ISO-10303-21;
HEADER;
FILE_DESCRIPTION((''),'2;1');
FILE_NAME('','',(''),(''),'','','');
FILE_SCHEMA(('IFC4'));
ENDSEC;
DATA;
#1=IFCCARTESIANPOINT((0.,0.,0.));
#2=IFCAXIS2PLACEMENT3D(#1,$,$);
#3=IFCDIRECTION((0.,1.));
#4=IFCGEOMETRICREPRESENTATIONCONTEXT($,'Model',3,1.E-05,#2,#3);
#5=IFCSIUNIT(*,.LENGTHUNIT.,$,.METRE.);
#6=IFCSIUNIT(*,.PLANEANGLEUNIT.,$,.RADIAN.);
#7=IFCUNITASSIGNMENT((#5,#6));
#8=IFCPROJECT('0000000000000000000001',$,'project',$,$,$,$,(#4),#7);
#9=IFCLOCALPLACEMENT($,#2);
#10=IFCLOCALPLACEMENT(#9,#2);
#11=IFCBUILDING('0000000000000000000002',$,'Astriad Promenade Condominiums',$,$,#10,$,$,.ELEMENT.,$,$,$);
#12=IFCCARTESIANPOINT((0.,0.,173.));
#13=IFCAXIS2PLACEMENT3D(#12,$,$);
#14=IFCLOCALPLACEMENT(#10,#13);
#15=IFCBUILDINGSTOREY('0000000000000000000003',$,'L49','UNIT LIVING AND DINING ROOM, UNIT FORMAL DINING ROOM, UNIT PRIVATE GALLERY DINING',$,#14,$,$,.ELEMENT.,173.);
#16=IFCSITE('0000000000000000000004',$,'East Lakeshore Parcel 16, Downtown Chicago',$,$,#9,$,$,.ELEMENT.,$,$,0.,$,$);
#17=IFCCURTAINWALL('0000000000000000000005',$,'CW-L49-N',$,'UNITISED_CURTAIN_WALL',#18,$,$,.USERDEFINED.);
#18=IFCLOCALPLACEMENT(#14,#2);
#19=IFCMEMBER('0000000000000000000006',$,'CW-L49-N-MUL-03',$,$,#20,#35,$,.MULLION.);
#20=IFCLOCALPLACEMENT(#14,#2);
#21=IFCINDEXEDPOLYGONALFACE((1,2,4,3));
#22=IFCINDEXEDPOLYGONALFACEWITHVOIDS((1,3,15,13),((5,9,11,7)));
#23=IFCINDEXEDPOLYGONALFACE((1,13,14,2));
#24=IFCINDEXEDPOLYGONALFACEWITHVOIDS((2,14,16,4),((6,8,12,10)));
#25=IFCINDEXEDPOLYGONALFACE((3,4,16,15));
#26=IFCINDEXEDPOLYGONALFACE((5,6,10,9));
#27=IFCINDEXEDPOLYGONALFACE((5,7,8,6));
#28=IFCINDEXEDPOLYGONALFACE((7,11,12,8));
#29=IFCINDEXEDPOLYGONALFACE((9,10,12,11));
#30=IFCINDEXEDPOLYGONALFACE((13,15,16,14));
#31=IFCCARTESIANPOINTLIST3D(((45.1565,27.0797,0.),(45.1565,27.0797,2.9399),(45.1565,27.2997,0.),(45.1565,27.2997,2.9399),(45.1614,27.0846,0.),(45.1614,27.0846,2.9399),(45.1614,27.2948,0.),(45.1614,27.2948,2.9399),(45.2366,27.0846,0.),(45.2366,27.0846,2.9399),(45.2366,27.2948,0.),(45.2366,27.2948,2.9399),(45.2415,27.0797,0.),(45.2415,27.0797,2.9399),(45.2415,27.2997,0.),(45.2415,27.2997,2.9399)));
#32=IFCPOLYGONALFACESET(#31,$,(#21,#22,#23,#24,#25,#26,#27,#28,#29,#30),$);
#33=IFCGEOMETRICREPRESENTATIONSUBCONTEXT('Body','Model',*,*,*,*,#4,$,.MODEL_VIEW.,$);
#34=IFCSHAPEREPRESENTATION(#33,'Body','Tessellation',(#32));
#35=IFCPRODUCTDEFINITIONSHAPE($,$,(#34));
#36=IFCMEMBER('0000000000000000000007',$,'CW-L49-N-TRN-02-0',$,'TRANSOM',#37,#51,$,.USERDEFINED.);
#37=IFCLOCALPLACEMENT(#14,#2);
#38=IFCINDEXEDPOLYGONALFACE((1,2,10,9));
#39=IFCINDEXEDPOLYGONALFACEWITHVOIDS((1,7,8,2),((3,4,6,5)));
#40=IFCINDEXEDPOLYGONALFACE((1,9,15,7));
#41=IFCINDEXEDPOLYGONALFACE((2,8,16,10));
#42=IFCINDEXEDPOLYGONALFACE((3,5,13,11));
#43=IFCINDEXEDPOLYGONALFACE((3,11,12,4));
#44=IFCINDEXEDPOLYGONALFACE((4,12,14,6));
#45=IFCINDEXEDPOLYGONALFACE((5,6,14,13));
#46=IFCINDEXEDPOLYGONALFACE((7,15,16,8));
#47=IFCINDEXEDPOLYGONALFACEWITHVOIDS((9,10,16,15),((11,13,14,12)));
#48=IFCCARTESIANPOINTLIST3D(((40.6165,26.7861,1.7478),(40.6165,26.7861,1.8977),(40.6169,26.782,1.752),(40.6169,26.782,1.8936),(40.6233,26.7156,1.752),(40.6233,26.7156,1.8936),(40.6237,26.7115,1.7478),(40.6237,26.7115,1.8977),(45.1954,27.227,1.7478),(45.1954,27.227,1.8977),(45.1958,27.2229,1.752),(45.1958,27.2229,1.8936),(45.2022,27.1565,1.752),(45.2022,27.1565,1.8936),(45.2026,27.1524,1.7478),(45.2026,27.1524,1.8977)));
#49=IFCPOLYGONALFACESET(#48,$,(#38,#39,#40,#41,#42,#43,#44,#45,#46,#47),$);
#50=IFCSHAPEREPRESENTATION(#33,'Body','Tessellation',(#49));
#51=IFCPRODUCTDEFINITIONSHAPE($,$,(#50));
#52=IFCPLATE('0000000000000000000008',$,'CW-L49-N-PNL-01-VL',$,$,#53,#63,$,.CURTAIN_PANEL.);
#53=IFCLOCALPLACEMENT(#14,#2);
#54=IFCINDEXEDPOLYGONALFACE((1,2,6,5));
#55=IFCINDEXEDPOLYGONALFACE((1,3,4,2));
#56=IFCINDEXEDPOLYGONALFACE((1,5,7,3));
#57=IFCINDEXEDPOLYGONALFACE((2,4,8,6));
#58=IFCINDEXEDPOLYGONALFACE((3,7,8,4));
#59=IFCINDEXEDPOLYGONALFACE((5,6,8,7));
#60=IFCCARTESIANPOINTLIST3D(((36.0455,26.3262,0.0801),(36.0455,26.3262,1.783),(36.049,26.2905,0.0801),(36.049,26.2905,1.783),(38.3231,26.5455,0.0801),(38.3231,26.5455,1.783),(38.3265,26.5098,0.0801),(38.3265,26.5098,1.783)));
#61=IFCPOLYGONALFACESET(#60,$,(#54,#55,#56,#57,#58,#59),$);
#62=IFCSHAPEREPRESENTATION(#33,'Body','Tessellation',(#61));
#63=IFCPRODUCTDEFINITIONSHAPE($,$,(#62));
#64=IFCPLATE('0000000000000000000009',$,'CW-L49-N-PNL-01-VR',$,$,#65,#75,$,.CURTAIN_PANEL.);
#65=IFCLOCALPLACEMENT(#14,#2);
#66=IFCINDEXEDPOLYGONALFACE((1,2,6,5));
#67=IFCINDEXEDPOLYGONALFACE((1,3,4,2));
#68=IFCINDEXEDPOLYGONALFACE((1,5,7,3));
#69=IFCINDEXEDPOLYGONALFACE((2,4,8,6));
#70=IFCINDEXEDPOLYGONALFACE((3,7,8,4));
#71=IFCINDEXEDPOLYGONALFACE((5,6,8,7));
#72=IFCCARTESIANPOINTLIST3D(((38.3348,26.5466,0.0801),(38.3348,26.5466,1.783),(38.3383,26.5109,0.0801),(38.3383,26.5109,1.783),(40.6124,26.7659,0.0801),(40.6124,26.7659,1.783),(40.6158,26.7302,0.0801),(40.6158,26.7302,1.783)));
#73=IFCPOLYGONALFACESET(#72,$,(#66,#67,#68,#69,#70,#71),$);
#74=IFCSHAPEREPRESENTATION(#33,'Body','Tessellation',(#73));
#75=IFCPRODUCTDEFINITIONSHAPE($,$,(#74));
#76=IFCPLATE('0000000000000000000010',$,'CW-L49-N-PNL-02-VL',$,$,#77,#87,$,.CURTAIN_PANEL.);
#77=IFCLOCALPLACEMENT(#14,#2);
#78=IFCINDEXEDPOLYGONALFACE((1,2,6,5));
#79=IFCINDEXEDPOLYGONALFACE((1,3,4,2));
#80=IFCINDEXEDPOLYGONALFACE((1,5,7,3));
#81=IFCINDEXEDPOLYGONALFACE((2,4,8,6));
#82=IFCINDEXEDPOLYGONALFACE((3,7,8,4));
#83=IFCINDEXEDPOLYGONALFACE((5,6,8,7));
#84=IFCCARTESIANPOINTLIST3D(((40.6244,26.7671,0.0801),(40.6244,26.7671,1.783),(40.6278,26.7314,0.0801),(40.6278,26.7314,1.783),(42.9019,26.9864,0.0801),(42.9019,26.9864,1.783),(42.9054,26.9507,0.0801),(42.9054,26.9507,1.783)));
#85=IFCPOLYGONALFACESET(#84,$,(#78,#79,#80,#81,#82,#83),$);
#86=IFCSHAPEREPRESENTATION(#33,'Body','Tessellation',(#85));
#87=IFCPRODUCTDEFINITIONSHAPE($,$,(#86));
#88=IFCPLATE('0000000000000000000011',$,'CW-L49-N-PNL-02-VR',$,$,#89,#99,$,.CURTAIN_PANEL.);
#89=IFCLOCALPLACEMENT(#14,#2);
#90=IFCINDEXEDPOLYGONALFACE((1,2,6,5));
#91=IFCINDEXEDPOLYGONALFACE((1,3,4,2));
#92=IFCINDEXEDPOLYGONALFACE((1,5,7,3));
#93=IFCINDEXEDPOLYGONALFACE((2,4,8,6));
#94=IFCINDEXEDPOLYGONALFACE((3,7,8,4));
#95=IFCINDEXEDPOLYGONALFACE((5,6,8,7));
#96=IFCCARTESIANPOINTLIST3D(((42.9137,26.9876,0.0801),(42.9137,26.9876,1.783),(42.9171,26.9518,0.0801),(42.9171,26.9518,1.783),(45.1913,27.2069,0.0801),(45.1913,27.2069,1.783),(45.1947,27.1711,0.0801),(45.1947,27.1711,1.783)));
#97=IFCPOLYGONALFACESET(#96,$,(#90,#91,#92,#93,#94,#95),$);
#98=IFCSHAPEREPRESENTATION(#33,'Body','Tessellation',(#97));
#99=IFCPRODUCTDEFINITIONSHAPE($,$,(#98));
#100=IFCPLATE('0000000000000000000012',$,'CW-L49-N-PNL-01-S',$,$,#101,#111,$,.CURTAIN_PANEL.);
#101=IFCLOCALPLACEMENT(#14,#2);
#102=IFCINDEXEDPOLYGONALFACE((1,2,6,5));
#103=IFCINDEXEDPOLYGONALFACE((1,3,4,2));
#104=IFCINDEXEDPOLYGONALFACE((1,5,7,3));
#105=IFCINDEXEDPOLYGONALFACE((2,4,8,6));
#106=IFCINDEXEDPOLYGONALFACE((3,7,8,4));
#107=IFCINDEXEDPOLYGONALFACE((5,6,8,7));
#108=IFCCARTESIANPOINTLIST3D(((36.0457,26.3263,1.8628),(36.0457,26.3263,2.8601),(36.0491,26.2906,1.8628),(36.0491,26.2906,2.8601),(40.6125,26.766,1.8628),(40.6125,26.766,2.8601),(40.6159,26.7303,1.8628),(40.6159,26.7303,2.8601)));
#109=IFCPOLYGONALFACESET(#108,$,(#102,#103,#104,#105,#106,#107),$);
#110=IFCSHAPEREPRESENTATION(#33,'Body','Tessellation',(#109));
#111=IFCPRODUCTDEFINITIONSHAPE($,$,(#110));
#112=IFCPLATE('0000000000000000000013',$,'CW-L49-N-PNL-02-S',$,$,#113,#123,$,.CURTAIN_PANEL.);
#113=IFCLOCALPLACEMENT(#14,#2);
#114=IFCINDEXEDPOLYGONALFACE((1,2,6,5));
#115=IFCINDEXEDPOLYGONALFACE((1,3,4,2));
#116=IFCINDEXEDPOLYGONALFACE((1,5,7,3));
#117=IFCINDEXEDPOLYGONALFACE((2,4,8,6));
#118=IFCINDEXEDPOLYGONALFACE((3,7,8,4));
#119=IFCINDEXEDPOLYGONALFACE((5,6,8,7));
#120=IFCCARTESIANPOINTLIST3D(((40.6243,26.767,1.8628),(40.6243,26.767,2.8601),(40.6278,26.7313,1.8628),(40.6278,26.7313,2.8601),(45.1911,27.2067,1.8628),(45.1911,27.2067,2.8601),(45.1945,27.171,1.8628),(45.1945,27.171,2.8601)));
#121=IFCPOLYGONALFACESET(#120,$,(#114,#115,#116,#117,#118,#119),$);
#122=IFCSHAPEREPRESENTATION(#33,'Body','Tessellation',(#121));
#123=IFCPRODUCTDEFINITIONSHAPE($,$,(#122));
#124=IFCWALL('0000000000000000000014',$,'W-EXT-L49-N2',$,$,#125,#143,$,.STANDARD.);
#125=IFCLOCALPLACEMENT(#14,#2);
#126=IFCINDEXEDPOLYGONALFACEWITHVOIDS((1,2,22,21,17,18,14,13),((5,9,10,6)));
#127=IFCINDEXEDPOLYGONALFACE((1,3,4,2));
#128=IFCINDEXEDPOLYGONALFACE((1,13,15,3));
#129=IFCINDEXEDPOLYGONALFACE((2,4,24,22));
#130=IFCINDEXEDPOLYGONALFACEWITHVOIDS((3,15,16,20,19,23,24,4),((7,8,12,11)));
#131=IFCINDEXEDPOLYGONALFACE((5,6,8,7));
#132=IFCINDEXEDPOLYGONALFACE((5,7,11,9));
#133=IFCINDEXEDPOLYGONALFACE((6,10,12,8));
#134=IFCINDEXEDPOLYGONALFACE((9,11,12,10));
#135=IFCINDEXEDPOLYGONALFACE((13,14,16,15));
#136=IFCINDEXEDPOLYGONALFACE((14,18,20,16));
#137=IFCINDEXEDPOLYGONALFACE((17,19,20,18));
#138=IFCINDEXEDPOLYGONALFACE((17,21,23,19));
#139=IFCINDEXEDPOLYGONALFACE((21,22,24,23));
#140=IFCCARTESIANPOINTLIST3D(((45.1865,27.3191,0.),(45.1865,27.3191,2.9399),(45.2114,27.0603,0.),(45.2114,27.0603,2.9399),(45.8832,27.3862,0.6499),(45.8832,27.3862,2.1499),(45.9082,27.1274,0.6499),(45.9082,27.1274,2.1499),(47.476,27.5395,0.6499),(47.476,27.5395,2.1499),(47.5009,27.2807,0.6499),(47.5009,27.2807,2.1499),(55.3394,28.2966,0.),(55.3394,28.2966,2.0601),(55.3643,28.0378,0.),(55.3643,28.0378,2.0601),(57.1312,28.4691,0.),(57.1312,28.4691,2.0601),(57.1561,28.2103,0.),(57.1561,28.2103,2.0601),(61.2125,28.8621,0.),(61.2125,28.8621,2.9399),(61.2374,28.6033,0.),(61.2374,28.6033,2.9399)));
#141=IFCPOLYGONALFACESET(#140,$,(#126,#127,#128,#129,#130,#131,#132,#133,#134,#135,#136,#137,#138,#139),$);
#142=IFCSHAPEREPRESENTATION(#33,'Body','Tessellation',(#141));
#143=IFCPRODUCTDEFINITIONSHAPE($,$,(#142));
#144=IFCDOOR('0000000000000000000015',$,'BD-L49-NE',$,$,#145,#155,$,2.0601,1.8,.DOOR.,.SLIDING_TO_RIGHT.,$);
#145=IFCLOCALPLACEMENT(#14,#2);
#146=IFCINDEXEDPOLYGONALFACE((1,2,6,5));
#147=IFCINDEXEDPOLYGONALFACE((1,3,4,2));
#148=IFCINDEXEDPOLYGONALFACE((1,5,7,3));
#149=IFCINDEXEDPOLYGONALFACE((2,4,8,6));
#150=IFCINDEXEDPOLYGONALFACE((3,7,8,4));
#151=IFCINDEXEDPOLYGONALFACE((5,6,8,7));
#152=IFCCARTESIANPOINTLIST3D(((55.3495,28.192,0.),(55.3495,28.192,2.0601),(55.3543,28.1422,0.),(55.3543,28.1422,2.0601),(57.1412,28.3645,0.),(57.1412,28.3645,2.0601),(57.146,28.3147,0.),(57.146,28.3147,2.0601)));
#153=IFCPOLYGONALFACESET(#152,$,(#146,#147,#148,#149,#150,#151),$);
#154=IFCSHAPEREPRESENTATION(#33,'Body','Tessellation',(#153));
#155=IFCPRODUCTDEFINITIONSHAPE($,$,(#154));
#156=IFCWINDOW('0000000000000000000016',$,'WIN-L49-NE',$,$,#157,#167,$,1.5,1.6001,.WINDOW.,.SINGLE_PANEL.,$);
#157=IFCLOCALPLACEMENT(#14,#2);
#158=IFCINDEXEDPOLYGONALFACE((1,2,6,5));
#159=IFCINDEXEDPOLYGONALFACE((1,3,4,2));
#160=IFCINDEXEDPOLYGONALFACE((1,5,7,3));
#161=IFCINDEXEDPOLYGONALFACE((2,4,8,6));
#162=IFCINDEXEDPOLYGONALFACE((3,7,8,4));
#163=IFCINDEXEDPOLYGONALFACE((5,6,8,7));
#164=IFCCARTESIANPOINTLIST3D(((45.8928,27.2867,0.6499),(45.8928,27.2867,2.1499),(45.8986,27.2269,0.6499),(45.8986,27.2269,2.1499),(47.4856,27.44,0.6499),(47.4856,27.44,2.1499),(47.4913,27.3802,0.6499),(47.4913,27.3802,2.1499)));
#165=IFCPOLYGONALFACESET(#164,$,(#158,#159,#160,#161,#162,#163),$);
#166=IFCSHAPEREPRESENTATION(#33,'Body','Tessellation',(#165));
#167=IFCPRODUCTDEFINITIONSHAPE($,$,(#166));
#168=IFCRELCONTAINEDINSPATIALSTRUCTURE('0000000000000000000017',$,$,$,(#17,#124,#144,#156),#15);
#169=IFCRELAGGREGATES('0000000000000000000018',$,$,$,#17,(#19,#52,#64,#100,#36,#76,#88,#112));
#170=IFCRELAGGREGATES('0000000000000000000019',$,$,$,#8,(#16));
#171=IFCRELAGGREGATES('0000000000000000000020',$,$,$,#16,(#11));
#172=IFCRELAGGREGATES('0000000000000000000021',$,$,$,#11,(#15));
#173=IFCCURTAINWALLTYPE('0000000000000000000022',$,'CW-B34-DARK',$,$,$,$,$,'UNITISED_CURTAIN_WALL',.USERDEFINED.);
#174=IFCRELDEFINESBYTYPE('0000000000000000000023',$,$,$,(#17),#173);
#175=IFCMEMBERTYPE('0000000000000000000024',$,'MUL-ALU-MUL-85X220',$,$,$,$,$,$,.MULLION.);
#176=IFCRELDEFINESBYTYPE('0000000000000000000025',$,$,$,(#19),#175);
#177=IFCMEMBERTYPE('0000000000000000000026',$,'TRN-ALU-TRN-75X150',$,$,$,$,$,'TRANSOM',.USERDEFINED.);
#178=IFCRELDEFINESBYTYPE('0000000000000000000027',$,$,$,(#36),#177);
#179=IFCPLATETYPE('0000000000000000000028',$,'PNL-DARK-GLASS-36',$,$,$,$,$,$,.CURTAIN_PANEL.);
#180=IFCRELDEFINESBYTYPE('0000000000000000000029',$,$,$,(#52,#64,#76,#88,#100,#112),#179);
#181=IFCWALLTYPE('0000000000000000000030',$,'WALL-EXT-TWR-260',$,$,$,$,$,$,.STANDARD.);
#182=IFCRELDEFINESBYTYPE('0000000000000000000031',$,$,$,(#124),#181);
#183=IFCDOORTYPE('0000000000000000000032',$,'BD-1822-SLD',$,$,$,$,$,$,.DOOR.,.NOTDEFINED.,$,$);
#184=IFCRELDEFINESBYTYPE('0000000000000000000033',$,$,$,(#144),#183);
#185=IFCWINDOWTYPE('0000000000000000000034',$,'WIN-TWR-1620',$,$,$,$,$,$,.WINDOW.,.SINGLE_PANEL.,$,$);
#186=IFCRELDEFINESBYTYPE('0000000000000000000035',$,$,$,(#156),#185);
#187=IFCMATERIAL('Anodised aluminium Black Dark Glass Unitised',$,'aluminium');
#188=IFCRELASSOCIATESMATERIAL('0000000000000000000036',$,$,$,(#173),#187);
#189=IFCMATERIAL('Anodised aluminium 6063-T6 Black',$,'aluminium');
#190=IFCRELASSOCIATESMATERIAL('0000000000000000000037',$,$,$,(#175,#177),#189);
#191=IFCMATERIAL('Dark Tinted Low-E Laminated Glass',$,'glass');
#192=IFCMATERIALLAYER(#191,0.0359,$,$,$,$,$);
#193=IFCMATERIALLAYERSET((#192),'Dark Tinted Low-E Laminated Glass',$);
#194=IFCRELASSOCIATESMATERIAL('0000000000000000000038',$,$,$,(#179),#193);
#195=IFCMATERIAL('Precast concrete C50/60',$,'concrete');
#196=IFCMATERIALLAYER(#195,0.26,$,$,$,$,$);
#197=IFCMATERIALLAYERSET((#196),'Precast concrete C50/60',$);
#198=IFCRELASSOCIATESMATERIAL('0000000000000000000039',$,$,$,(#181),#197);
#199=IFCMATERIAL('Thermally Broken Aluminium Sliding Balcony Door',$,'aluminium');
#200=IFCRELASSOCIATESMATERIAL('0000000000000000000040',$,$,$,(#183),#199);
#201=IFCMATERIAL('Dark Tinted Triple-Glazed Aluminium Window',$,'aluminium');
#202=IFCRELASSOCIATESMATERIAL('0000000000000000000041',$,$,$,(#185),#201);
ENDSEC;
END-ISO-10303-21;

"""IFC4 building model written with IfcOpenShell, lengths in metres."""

from ifc_helpers import new_model, si_unit, direction, frame, frame_2d, origin, origin_2d, place, context, subcontext, project, spatial, rectangle, hollow_rectangle, extrude, source, transform, mapped, material, layer, layer_set, material_profile, profile_set, type_object, type_shapes, element, fill, aggregate, save


model = new_model("IFC4")

# Units and contexts
model_context = context("Model", 3, precision=1e-05, world=origin(), true_north=direction((0.0, 1.0)))
body_context = subcontext(model_context, "Body", "Model", "MODEL_VIEW")
ifc_project = project(units=[si_unit("LENGTHUNIT", "METRE"), si_unit("PLANEANGLEUNIT", "RADIAN")], contexts=[model_context])

# Site, building, storey
site_placement = place(None, origin())
site = spatial("IfcSite", under=ifc_project, at=site_placement, Name="East Lakeshore Parcel 16, Downtown Chicago", CompositionType="ELEMENT", RefElevation=0.0)
building_placement = place(site_placement, origin())
building = spatial("IfcBuilding", under=site, at=building_placement, Name="Astriad Promenade Condominiums", CompositionType="ELEMENT")
storey_placement = place(building_placement, frame((0.0, 0.0, 173.0)))
storey = spatial("IfcBuildingStorey", under=building, at=storey_placement, Name="L49", Description="UNIT LIVING AND DINING ROOM, UNIT FORMAL DINING ROOM, UNIT PRIVATE GALLERY DINING", CompositionType="ELEMENT", Elevation=173.0)

# Curtain wall, members, plates
ifc_material_1 = material(Name="Anodised aluminium Black Dark Glass Unitised", Category="aluminium")
curtain_wall_type = type_object("IfcCurtainWallType", Name="CW-B34-DARK", ElementType="UNITISED_CURTAIN_WALL", PredefinedType="USERDEFINED", material=ifc_material_1)
curtain_wall_placement = place(storey_placement, origin())
curtain_wall = element("IfcCurtainWall", 1, at=curtain_wall_placement, inside=storey, type_object=curtain_wall_type, Name="CW-L49-N", ObjectType="UNITISED_CURTAIN_WALL", PredefinedType="USERDEFINED")
ifc_material_2 = material(Name="Anodised aluminium 6063-T6 Black", Category="aluminium")
ifc_material_profile_1 = material_profile(ifc_material_2, hollow_rectangle(XDim=0.085, YDim=0.22, WallThickness=0.0049, at=origin_2d()), Name="ALU-MUL-85X220")
ifc_profile_set_1 = profile_set([ifc_material_profile_1], Name="Anodised aluminium 6063-T6 Black")
member_type_1 = type_object("IfcMemberType", Name="MUL-ALU-MUL-85X220", PredefinedType="MULLION", material=ifc_profile_set_1)
shared_shape_1 = source(origin(), body_context, "Body", "SweptSolid", [
    extrude(hollow_rectangle(XDim=0.085, YDim=0.22, WallThickness=0.0049, at=origin_2d()), origin(), (0.0, 0.0, 1.0), 2.9399),
])
type_shapes(member_type_1, [shared_shape_1])
member_1_placement = place(storey_placement, frame((45.199, 27.1897, 0.0), z_axis=(0.0, 0.0, 1.0), x_axis=(1.0, 0.0, 0.0)))
member_1 = element("IfcMember", 2, at=member_1_placement, type_object=member_type_1, Name="CW-L49-N-MUL-03", PredefinedType="MULLION", context=body_context, shape_type="MappedRepresentation", body=[
    mapped(shared_shape_1, transform((0.0, 0.0, 0.0), scale=1.0)),
])
ifc_material_profile_2 = material_profile(ifc_material_2, hollow_rectangle(XDim=0.075, YDim=0.1499, WallThickness=0.0042, at=origin_2d()), Name="ALU-TRN-75X150")
ifc_profile_set_2 = profile_set([ifc_material_profile_2], Name="Anodised aluminium 6063-T6 Black")
member_type_2 = type_object("IfcMemberType", Name="TRN-ALU-TRN-75X150", ElementType="TRANSOM", PredefinedType="USERDEFINED", material=ifc_profile_set_2)
shared_shape_2 = source(origin(), body_context, "Body", "SweptSolid", [
    extrude(hollow_rectangle(XDim=0.075, YDim=0.1499, WallThickness=0.0042, at=origin_2d()), origin(), (0.0, 0.0, 1.0), 4.6001),
])
type_shapes(member_type_2, [shared_shape_2])
member_2_placement = place(storey_placement, frame((40.6201, 26.7488, 1.8228), z_axis=(0.995396, 0.095851, 0.0), x_axis=(-0.095851, 0.995396, 0.0)))
member_2 = element("IfcMember", 3, at=member_2_placement, type_object=member_type_2, Name="CW-L49-N-TRN-02-0", ObjectType="TRANSOM", PredefinedType="USERDEFINED", context=body_context, shape_type="MappedRepresentation", body=[
    mapped(shared_shape_2, transform((0.0, 0.0, 0.0), scale=1.0)),
])
ifc_material_3 = material(Name="Dark Tinted Low-E Laminated Glass", Category="glass")
ifc_layer_1 = layer(ifc_material_3, 0.0359)
ifc_layer_set_1 = layer_set([ifc_layer_1], Name="Dark Tinted Low-E Laminated Glass")
plate_type = type_object("IfcPlateType", Name="PNL-DARK-GLASS-36", PredefinedType="CURTAIN_PANEL", material=ifc_layer_set_1)
shared_shape_3 = source(origin(), body_context, "Body", "SweptSolid", [
    extrude(rectangle(XDim=2.2881, YDim=0.0359, at=origin_2d()), origin(), (0.0, 0.0, 1.0), 1.7029),
])
plate_1_placement = place(storey_placement, frame((37.186, 26.418, 0.0801), z_axis=(0.0, 0.0, 1.0), x_axis=(0.995396, 0.095846, 0.0)))
plate_1 = element("IfcPlate", 4, at=plate_1_placement, type_object=plate_type, Name="CW-L49-N-PNL-01-VL", PredefinedType="CURTAIN_PANEL", context=body_context, shape_type="MappedRepresentation", body=[
    mapped(shared_shape_3, transform((0.0, 0.0, 0.0), scale=1.0)),
])
plate_2_placement = place(storey_placement, frame((39.4753, 26.6384, 0.0801), z_axis=(0.0, 0.0, 1.0), x_axis=(0.995396, 0.095846, 0.0)))
plate_2 = element("IfcPlate", 5, at=plate_2_placement, type_object=plate_type, Name="CW-L49-N-PNL-01-VR", PredefinedType="CURTAIN_PANEL", context=body_context, shape_type="MappedRepresentation", body=[
    mapped(shared_shape_3, transform((0.0, 0.0, 0.0), scale=1.0)),
])
plate_3_placement = place(storey_placement, frame((41.7649, 26.8589, 0.0801), z_axis=(0.0, 0.0, 1.0), x_axis=(0.995396, 0.095846, 0.0)))
plate_3 = element("IfcPlate", 6, at=plate_3_placement, type_object=plate_type, Name="CW-L49-N-PNL-02-VL", PredefinedType="CURTAIN_PANEL", context=body_context, shape_type="MappedRepresentation", body=[
    mapped(shared_shape_3, transform((0.0, 0.0, 0.0), scale=1.0)),
])
plate_4_placement = place(storey_placement, frame((44.0542, 27.0793, 0.0801), z_axis=(0.0, 0.0, 1.0), x_axis=(0.995396, 0.095846, 0.0)))
plate_4 = element("IfcPlate", 7, at=plate_4_placement, type_object=plate_type, Name="CW-L49-N-PNL-02-VR", PredefinedType="CURTAIN_PANEL", context=body_context, shape_type="MappedRepresentation", body=[
    mapped(shared_shape_3, transform((0.0, 0.0, 0.0), scale=1.0)),
])
shared_shape_4 = source(origin(), body_context, "Body", "SweptSolid", [
    extrude(rectangle(XDim=4.5879, YDim=0.0359, at=origin_2d()), origin(), (0.0, 0.0, 1.0), 0.9973),
])
type_shapes(plate_type, [shared_shape_3, shared_shape_4])
plate_5_placement = place(storey_placement, frame((38.3308, 26.5283, 1.8628), z_axis=(0.0, 0.0, 1.0), x_axis=(0.995396, 0.095846, 0.0)))
plate_5 = element("IfcPlate", 8, at=plate_5_placement, type_object=plate_type, Name="CW-L49-N-PNL-01-S", PredefinedType="CURTAIN_PANEL", context=body_context, shape_type="MappedRepresentation", body=[
    mapped(shared_shape_4, transform((0.0, 0.0, 0.0), scale=1.0)),
])
plate_6_placement = place(storey_placement, frame((42.9094, 26.969, 1.8628), z_axis=(0.0, 0.0, 1.0), x_axis=(0.995396, 0.095846, 0.0)))
plate_6 = element("IfcPlate", 9, at=plate_6_placement, type_object=plate_type, Name="CW-L49-N-PNL-02-S", PredefinedType="CURTAIN_PANEL", context=body_context, shape_type="MappedRepresentation", body=[
    mapped(shared_shape_4, transform((0.0, 0.0, 0.0), scale=1.0)),
])
aggregate(curtain_wall, [member_1, plate_1, plate_2, plate_5, member_2, plate_3, plate_4, plate_6])

# Wall, openings, door, window
ifc_material_4 = material(Name="Precast concrete C50/60", Category="concrete")
ifc_layer_2 = layer(ifc_material_4, 0.26)
ifc_layer_set_2 = layer_set([ifc_layer_2], Name="Precast concrete C50/60")
wall_type_1 = type_object("IfcWallType", Name="WALL-EXT-TWR-260", PredefinedType="STANDARD", material=ifc_layer_set_2)
wall_1_placement = place(storey_placement, frame((45.199, 27.1897, 0.0), z_axis=(0.0, 0.0, 1.0), x_axis=(0.995397, 0.095837, 0.0)))
wall_1 = element("IfcWall", 10, at=wall_1_placement, inside=storey, type_object=wall_type_1, Name="W-EXT-L49-N2", PredefinedType="STANDARD", context=body_context, shape_type="SweptSolid", body=[
    extrude(rectangle(XDim=16.1001, YDim=0.26, at=frame_2d((8.05, 0.0))), origin(), (0.0, 0.0, 1.0), 2.9399),
])
opening_1_placement = place(wall_1_placement, frame((10.2, 0.0, 0.0)))
opening_1 = element("IfcOpeningElement", 11, at=opening_1_placement, cuts=wall_1, PredefinedType="OPENING", context=body_context, shape_type="SweptSolid", body=[
    extrude(rectangle(XDim=1.8, YDim=2.0601, at=frame_2d((0.8999, 1.03))), frame((0.0, 0.1399, 0.0), z_axis=(0.0, -1.0, 0.0), x_axis=(1.0, 0.0, 0.0)), (0.0, 0.0, 1.0), 0.28),
])
opening_2_placement = place(wall_1_placement, frame((0.7, 0.0, 0.6499)))
opening_2 = element("IfcOpeningElement", 12, at=opening_2_placement, cuts=wall_1, PredefinedType="OPENING", context=body_context, shape_type="SweptSolid", body=[
    extrude(rectangle(XDim=1.6001, YDim=1.5, at=frame_2d((0.8, 0.75))), frame((0.0, 0.1399, 0.0), z_axis=(0.0, -1.0, 0.0), x_axis=(1.0, 0.0, 0.0)), (0.0, 0.0, 1.0), 0.28),
])
ifc_material_5 = material(Name="Thermally Broken Aluminium Sliding Balcony Door", Category="aluminium")
door_type_1 = type_object("IfcDoorType", Name="BD-1822-SLD", OperationType="NOTDEFINED", PredefinedType="DOOR", material=ifc_material_5)
shared_shape_5 = source(origin(), body_context, "Body", "SweptSolid", [
    extrude(rectangle(XDim=1.8, YDim=2.0601, at=frame_2d((0.8999, 1.03))), frame((0.0, 0.0249, 0.0), z_axis=(0.0, -1.0, 0.0), x_axis=(1.0, 0.0, 0.0)), (0.0, 0.0, 1.0), 0.05),
])
type_shapes(door_type_1, [shared_shape_5])
door_1_placement = place(opening_1_placement, origin())
door_1 = element("IfcDoor", 13, at=door_1_placement, inside=storey, type_object=door_type_1, Name="BD-L49-NE", OperationType="SLIDING_TO_RIGHT", OverallHeight=2.0601, OverallWidth=1.8, PredefinedType="DOOR", context=body_context, shape_type="MappedRepresentation", body=[
    mapped(shared_shape_5, transform((0.0, 0.0, 0.0), scale=1.0)),
])
fill(opening_1, door_1)
ifc_material_6 = material(Name="Dark Tinted Triple-Glazed Aluminium Window", Category="aluminium")
window_type = type_object("IfcWindowType", Name="WIN-TWR-1620", PartitioningType="SINGLE_PANEL", PredefinedType="WINDOW", material=ifc_material_6)
shared_shape_6 = source(origin(), body_context, "Body", "SweptSolid", [
    extrude(rectangle(XDim=1.6001, YDim=1.5, at=frame_2d((0.8, 0.75))), frame((0.0, 0.03, 0.0), z_axis=(0.0, -1.0, 0.0), x_axis=(1.0, 0.0, 0.0)), (0.0, 0.0, 1.0), 0.0601),
])
type_shapes(window_type, [shared_shape_6])
window_placement = place(opening_2_placement, origin())
window = element("IfcWindow", 14, at=window_placement, inside=storey, type_object=window_type, Name="WIN-L49-NE", OverallHeight=1.5, OverallWidth=1.6001, PartitioningType="SINGLE_PANEL", PredefinedType="WINDOW", context=body_context, shape_type="MappedRepresentation", body=[
    mapped(shared_shape_6, transform((0.0, 0.0, 0.0), scale=1.0)),
])
fill(opening_2, window)

save(model, "model.ifc")
